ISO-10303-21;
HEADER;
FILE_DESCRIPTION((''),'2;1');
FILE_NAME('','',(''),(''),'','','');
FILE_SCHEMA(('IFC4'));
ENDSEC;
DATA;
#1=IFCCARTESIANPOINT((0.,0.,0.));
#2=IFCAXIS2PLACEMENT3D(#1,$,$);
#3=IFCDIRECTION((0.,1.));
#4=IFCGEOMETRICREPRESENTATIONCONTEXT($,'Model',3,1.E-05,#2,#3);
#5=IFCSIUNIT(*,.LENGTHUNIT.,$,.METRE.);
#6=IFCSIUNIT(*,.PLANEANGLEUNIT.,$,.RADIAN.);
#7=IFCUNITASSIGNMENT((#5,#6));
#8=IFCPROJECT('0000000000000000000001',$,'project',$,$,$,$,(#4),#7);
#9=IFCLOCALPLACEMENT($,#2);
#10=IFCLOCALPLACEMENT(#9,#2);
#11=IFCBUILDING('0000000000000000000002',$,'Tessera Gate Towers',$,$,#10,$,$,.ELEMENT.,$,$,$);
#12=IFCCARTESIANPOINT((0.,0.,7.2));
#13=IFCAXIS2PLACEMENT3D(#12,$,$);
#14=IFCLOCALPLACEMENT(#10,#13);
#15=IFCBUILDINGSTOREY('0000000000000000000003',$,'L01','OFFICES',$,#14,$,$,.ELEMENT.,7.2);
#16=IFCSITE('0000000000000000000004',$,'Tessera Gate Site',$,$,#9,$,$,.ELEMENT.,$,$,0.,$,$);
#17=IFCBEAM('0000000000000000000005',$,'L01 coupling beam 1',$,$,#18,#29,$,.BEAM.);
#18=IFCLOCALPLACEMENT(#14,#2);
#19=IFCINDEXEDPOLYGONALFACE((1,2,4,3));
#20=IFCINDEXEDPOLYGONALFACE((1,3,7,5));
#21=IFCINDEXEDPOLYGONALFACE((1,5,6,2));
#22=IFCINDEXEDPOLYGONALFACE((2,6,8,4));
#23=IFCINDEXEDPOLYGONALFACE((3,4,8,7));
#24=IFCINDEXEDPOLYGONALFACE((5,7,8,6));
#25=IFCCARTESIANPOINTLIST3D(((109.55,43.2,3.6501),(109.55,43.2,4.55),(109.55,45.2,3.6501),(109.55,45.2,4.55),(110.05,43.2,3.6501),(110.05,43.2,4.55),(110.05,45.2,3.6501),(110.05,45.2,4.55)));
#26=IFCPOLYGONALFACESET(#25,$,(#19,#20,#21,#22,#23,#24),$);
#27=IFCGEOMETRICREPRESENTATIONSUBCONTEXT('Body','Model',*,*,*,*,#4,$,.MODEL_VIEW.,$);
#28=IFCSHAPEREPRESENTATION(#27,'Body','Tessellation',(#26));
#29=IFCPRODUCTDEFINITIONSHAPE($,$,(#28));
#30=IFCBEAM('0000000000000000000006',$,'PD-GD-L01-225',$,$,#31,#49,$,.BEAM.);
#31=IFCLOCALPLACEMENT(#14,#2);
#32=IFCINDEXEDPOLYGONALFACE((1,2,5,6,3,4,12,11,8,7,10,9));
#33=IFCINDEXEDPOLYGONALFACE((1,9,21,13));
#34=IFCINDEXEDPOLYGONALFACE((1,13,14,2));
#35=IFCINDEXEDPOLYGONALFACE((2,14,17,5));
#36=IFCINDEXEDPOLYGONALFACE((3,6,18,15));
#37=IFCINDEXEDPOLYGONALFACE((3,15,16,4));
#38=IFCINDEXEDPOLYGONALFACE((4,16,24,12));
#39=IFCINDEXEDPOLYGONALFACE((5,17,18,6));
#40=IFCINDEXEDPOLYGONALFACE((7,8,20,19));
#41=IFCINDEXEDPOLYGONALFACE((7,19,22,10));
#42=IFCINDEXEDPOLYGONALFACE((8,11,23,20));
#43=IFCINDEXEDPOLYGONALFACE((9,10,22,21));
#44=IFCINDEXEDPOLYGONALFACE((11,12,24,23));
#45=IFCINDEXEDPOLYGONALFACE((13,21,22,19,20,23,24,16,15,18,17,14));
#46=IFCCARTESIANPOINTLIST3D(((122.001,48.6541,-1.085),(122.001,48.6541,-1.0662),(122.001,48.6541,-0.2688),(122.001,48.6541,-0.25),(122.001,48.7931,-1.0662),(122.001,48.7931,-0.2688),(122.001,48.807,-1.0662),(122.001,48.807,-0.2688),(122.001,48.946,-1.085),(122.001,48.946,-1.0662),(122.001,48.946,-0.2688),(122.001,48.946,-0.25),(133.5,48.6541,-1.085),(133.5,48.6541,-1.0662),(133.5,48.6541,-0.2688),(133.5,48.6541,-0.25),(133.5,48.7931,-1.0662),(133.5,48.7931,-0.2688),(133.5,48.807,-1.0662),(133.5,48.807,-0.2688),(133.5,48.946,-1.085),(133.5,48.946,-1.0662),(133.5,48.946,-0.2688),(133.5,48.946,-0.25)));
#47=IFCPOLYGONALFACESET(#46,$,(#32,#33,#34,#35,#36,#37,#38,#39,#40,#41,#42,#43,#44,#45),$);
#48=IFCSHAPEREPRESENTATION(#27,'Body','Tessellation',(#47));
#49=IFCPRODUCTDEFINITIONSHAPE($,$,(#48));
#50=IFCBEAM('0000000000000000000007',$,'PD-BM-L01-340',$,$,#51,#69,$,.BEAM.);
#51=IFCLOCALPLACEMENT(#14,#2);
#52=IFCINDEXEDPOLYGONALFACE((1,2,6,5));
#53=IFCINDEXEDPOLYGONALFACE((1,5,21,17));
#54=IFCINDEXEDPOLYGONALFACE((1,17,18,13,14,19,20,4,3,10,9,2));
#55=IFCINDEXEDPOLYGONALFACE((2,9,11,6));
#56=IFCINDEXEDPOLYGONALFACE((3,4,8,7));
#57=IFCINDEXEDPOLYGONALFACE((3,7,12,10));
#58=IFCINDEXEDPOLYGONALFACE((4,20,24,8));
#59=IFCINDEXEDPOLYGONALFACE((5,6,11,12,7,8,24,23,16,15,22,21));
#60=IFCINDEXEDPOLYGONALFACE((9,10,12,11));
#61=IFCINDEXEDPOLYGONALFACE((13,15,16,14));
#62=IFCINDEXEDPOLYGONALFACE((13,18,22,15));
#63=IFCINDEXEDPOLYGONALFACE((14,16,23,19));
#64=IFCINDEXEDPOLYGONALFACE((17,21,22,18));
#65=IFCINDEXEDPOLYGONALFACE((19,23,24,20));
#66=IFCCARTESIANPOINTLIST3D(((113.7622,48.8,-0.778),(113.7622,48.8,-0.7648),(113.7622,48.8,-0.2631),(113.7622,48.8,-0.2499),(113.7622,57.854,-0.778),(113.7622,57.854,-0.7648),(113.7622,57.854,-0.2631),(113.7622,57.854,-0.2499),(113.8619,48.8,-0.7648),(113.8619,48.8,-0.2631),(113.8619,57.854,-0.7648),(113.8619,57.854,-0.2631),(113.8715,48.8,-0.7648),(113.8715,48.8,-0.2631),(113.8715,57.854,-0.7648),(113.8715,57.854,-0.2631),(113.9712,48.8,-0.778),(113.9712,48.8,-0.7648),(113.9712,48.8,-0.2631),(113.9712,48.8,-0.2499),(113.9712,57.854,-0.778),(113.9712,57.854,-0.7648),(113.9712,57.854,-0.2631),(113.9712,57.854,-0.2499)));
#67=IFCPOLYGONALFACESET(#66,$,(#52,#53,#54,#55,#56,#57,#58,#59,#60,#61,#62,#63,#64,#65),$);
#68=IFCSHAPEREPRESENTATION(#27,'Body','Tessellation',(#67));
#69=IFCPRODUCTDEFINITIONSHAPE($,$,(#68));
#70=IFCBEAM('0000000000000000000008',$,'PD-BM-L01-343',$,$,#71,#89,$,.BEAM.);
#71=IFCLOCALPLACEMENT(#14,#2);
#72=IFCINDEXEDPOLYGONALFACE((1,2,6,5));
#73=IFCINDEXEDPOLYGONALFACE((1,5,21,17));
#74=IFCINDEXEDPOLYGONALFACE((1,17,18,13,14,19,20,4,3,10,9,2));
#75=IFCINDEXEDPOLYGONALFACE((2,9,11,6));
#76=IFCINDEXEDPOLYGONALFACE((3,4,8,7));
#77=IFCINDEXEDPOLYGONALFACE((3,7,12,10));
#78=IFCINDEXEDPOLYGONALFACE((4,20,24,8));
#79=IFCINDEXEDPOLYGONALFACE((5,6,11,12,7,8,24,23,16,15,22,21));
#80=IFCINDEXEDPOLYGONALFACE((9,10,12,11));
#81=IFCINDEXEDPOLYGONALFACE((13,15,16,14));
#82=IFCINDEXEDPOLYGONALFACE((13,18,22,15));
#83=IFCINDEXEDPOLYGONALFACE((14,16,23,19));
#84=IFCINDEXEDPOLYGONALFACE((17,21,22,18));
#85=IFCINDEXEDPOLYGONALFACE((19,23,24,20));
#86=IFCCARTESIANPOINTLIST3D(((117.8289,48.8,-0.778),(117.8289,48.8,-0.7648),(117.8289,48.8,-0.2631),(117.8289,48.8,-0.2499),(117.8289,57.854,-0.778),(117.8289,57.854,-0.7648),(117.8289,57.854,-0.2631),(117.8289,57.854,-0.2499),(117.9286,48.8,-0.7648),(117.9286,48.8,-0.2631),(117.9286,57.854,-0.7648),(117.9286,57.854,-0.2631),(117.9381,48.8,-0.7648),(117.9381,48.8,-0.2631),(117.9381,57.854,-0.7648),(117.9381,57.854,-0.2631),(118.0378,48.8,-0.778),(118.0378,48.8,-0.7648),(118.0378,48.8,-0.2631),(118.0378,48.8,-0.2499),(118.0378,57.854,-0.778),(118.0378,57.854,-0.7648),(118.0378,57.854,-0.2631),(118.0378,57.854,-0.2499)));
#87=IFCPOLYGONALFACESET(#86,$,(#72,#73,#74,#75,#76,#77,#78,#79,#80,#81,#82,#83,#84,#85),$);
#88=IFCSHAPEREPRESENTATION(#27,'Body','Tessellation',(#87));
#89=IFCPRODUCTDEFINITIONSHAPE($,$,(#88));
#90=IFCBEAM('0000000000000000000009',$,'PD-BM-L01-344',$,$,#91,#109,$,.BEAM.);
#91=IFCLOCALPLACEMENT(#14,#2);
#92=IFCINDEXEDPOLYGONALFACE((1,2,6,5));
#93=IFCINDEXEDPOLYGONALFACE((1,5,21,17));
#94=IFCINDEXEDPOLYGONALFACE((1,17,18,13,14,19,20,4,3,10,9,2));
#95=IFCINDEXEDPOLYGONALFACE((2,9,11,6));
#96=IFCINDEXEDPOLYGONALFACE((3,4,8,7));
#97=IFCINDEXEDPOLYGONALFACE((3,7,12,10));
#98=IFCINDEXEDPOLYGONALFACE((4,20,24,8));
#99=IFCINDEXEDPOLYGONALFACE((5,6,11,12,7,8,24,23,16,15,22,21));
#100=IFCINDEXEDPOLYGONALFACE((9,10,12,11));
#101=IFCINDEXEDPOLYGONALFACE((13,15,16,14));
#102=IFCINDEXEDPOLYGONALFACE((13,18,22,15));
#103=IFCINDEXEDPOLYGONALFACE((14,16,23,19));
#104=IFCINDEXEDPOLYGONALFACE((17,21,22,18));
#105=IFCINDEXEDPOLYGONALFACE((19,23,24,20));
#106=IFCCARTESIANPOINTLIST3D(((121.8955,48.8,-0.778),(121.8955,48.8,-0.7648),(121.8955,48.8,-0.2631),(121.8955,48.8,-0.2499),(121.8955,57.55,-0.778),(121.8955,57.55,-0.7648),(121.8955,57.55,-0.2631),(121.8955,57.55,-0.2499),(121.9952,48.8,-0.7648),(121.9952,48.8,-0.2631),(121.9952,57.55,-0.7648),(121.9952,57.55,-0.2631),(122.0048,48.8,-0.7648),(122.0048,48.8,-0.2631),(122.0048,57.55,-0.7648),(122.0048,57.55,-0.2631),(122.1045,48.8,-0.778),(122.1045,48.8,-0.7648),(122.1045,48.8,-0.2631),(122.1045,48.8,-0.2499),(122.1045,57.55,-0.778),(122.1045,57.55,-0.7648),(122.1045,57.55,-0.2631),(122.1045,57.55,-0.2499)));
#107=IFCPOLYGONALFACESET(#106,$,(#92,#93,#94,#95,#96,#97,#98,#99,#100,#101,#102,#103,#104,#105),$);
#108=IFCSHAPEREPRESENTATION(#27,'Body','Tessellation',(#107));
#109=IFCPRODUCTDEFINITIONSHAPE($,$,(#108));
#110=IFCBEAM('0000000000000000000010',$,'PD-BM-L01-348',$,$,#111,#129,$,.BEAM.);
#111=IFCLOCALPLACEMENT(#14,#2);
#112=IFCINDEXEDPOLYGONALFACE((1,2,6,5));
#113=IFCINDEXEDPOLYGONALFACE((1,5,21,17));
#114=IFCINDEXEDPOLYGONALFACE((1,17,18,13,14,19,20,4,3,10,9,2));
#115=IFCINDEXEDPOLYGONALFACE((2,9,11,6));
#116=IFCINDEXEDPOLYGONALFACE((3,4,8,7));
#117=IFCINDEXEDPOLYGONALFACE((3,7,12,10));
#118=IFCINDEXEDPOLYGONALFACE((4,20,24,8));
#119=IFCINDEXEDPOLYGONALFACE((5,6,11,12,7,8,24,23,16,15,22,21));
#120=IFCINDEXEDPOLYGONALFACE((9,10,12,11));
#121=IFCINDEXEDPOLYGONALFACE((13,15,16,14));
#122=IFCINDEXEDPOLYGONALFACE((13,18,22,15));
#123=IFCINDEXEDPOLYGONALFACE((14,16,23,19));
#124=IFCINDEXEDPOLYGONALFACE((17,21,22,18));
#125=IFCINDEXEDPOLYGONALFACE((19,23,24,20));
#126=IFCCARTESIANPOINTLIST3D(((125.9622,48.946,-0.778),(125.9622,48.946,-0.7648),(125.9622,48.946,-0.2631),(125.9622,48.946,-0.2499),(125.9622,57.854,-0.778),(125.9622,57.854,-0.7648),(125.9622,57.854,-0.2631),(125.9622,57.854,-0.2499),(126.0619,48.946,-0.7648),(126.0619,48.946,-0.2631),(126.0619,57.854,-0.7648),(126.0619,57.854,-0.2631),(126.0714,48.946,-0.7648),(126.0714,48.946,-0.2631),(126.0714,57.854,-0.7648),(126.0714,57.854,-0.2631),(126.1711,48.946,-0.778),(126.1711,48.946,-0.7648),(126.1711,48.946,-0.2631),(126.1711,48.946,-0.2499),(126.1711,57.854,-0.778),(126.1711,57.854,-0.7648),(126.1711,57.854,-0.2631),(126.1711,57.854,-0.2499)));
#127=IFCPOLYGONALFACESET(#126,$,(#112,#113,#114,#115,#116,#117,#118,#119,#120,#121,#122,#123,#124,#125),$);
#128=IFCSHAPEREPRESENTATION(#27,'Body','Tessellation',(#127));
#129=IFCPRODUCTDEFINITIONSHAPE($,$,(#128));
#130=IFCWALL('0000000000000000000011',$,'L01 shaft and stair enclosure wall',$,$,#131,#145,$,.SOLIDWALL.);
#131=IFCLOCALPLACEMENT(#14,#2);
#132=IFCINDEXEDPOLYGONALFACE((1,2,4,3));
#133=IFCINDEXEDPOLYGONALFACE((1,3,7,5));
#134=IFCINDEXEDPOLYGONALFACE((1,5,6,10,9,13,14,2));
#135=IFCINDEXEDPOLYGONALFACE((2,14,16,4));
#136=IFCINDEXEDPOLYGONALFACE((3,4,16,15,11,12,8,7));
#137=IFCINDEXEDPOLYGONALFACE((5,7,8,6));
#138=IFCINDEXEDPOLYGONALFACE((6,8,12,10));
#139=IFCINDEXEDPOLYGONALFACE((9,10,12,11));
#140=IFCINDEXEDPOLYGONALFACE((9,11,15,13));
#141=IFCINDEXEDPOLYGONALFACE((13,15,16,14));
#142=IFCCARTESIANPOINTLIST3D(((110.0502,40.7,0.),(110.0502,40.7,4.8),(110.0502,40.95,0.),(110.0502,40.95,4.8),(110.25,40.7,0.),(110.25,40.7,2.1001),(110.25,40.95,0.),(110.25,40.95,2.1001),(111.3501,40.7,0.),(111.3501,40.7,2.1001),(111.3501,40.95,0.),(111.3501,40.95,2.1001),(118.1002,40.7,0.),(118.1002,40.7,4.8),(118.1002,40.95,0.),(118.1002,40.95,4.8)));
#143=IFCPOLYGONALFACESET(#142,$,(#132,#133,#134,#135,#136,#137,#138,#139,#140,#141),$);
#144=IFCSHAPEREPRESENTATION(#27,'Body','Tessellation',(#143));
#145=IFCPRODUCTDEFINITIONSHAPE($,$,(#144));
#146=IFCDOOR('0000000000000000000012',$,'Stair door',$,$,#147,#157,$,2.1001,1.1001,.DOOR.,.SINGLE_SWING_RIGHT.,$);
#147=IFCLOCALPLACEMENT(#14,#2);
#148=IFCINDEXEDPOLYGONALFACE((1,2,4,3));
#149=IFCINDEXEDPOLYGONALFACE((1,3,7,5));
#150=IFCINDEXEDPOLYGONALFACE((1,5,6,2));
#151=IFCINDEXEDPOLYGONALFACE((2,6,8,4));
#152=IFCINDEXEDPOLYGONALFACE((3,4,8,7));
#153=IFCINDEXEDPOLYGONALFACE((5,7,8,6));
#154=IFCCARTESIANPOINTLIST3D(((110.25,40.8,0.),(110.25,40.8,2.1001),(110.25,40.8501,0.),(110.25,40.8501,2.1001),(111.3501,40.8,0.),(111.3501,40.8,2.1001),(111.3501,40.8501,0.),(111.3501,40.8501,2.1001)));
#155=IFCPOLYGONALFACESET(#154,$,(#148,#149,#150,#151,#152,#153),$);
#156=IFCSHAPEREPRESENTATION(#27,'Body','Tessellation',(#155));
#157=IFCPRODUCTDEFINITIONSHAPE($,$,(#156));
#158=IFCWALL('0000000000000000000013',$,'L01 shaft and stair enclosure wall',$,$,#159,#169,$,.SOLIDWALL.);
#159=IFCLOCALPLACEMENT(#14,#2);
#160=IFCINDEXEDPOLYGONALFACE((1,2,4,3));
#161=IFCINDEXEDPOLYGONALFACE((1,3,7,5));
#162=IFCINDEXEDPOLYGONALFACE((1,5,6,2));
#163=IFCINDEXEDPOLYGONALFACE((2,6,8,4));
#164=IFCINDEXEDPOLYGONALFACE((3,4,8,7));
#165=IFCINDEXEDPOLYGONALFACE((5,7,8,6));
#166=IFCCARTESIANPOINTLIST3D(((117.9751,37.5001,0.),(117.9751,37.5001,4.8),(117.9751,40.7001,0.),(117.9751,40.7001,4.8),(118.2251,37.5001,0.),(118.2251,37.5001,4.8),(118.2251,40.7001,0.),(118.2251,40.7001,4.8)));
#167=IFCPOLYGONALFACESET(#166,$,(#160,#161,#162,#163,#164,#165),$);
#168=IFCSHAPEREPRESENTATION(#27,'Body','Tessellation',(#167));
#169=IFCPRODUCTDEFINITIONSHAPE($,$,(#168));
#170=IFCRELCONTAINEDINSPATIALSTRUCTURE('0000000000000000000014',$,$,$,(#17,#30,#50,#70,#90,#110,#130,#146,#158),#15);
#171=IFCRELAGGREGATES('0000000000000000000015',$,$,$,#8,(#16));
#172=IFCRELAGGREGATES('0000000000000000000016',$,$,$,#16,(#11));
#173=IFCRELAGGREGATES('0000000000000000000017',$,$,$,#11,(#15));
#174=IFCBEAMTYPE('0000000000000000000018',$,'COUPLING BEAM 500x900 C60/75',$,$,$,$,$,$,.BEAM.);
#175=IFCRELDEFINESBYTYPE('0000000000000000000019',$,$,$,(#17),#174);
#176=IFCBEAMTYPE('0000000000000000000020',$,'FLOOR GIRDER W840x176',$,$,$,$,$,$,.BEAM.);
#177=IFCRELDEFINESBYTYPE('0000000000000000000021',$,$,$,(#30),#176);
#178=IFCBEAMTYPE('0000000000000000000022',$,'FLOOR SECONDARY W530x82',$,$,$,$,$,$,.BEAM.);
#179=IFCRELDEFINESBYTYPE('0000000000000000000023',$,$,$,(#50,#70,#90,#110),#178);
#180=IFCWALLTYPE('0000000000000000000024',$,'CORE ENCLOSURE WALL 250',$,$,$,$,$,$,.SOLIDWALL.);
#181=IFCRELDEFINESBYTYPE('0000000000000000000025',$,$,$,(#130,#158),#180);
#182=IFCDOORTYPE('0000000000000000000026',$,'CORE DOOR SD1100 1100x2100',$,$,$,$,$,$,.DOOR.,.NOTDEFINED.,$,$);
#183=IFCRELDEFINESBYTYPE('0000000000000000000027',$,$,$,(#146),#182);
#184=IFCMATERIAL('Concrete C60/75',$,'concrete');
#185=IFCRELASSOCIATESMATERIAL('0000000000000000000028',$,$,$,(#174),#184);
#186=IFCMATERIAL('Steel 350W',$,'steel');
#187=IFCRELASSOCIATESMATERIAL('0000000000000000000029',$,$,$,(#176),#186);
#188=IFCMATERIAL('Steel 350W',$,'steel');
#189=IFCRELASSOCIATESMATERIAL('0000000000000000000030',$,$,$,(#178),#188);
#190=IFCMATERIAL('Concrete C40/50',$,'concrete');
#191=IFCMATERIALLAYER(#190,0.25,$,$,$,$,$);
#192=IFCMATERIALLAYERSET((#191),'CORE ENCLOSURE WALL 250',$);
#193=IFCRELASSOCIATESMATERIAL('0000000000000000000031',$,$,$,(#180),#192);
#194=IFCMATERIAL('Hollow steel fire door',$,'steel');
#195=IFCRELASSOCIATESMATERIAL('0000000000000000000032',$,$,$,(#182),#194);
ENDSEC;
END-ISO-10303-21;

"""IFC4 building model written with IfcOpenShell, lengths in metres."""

from ifc_helpers import new_model, si_unit, direction, frame, frame_2d, origin, origin_2d, place, context, subcontext, project, spatial, rectangle, i_section, extrude, source, transform, mapped, material, layer, layer_set, material_profile, profile_set, type_object, element, fill, save


model = new_model("IFC4")

# Units and contexts
model_context = context("Model", 3, precision=1e-05, world=origin(), true_north=direction((0.0, 1.0)))
body_context = subcontext(model_context, "Body", "Model", "MODEL_VIEW")
ifc_project = project(units=[si_unit("LENGTHUNIT", "METRE"), si_unit("PLANEANGLEUNIT", "RADIAN")], contexts=[model_context])

# Site, building, storey
site_placement = place(None, origin())
site = spatial("IfcSite", under=ifc_project, at=site_placement, Name="Tessera Gate Site", CompositionType="ELEMENT", RefElevation=0.0)
building_placement = place(site_placement, origin())
building = spatial("IfcBuilding", under=site, at=building_placement, Name="Tessera Gate Towers", CompositionType="ELEMENT")
storey_placement = place(building_placement, frame((0.0, 0.0, 7.2)))
storey = spatial("IfcBuildingStorey", under=building, at=storey_placement, Name="L01", Description="OFFICES", CompositionType="ELEMENT", Elevation=7.2)

# Beams
ifc_material_1 = material(Name="Concrete C60/75", Category="concrete")
ifc_material_profile_1 = material_profile(ifc_material_1, rectangle(XDim=0.5, YDim=0.8999, at=origin_2d()), Name="RC 500x900")
ifc_profile_set_1 = profile_set([ifc_material_profile_1], Name="Concrete C60/75")
beam_type_1 = type_object("IfcBeamType", Name="COUPLING BEAM 500x900 C60/75", PredefinedType="BEAM", material=ifc_profile_set_1)
beam_1_placement = place(storey_placement, frame((109.8, 43.2, 4.1001), z_axis=(0.0, 1.0, 0.0), x_axis=(-1.0, 0.0, 0.0)))
element("IfcBeam", 1, at=beam_1_placement, inside=storey, type_object=beam_type_1, Name="L01 coupling beam 1", PredefinedType="BEAM", context=body_context, shape_type="SweptSolid", body=[
    extrude(rectangle(XDim=0.5, YDim=0.8999, at=origin_2d()), origin(), (0.0, 0.0, 1.0), 2.0),
])
ifc_material_2 = material(Name="Steel 350W", Category="steel")
ifc_material_profile_2 = material_profile(ifc_material_2, i_section(OverallWidth=0.292, OverallDepth=0.835, WebThickness=0.0139, FlangeThickness=0.0188, at=origin_2d()), Name="W840x176")
ifc_profile_set_2 = profile_set([ifc_material_profile_2], Name="Steel 350W")
beam_type_2 = type_object("IfcBeamType", Name="FLOOR GIRDER W840x176", PredefinedType="BEAM", material=ifc_profile_set_2)
beam_2_placement = place(storey_placement, frame((122.001, 48.8, -0.6675), z_axis=(1.0, 0.0, 0.0), x_axis=(0.0, 1.0, 0.0)))
element("IfcBeam", 2, at=beam_2_placement, inside=storey, type_object=beam_type_2, Name="PD-GD-L01-225", PredefinedType="BEAM", context=body_context, shape_type="SweptSolid", body=[
    extrude(i_section(OverallWidth=0.292, OverallDepth=0.835, WebThickness=0.0139, FlangeThickness=0.0188, at=origin_2d()), origin(), (0.0, 0.0, 1.0), 11.499),
])
ifc_material_3 = material(Name="Steel 350W", Category="steel")
ifc_material_profile_3 = material_profile(ifc_material_3, i_section(OverallWidth=0.209, OverallDepth=0.5281, WebThickness=0.0095, FlangeThickness=0.0132, at=origin_2d()), Name="W530x82")
ifc_profile_set_3 = profile_set([ifc_material_profile_3], Name="Steel 350W")
beam_type_3 = type_object("IfcBeamType", Name="FLOOR SECONDARY W530x82", PredefinedType="BEAM", material=ifc_profile_set_3)
for number, where, z_axis, x_axis, name in (
    (3, (113.8667, 48.8, -0.5139), (0.0, 1.0, 0.0), (-1.0, 0.0, 0.0), "PD-BM-L01-340"),
    (4, (117.9333, 48.8, -0.5139), (0.0, 1.0, 0.0), (-1.0, 0.0, 0.0), "PD-BM-L01-343"),
):
    element("IfcBeam", number, at=place(storey_placement, frame(where, z_axis=z_axis, x_axis=x_axis)), inside=storey, type_object=beam_type_3, Name=name, PredefinedType="BEAM", context=body_context, shape_type="SweptSolid", body=[
        extrude(i_section(OverallWidth=0.209, OverallDepth=0.5281, WebThickness=0.0095, FlangeThickness=0.0132, at=origin_2d()), origin(), (0.0, 0.0, 1.0), 9.054),
    ])
beam_3_placement = place(storey_placement, frame((122.0, 48.8, -0.5139), z_axis=(0.0, 1.0, 0.0), x_axis=(-1.0, 0.0, 0.0)))
element("IfcBeam", 5, at=beam_3_placement, inside=storey, type_object=beam_type_3, Name="PD-BM-L01-344", PredefinedType="BEAM", context=body_context, shape_type="SweptSolid", body=[
    extrude(i_section(OverallWidth=0.209, OverallDepth=0.5281, WebThickness=0.0095, FlangeThickness=0.0132, at=origin_2d()), origin(), (0.0, 0.0, 1.0), 8.75),
])
beam_4_placement = place(storey_placement, frame((126.0667, 48.946, -0.5139), z_axis=(0.0, 1.0, 0.0), x_axis=(-1.0, 0.0, 0.0)))
element("IfcBeam", 6, at=beam_4_placement, inside=storey, type_object=beam_type_3, Name="PD-BM-L01-348", PredefinedType="BEAM", context=body_context, shape_type="SweptSolid", body=[
    extrude(i_section(OverallWidth=0.209, OverallDepth=0.5281, WebThickness=0.0095, FlangeThickness=0.0132, at=origin_2d()), origin(), (0.0, 0.0, 1.0), 8.908),
])

# Wall, opening, door
ifc_material_4 = material(Name="Concrete C40/50", Category="concrete")
ifc_layer_1 = layer(ifc_material_4, 0.25)
ifc_layer_set_1 = layer_set([ifc_layer_1], Name="CORE ENCLOSURE WALL 250")
wall_type_1 = type_object("IfcWallType", Name="CORE ENCLOSURE WALL 250", PredefinedType="SOLIDWALL", material=ifc_layer_set_1)
wall_1_placement = place(storey_placement, frame((118.1001, 40.825, 0.0), z_axis=(0.0, 0.0, 1.0), x_axis=(-1.0, 0.0, 0.0)))
wall_1 = element("IfcWall", 7, at=wall_1_placement, inside=storey, type_object=wall_type_1, Name="L01 shaft and stair enclosure wall", PredefinedType="SOLIDWALL", context=body_context, shape_type="SweptSolid", body=[
    extrude(rectangle(XDim=8.05, YDim=0.25, at=frame_2d((4.0249, 0.0))), origin(), (0.0, 0.0, 1.0), 4.8),
])
shared_shape_1 = source(origin(), body_context, "Body", "SweptSolid", [
    extrude(rectangle(XDim=1.1001, YDim=2.1001, at=frame_2d((0.55, 1.05))), frame((0.0, 0.135, 0.0), z_axis=(0.0, -1.0, 0.0), x_axis=(1.0, 0.0, 0.0)), (0.0, 0.0, 1.0), 0.27),
])
opening_1_placement = place(wall_1_placement, frame((6.75, 0.0, 0.0)))
opening_1 = element("IfcOpeningElement", 8, at=opening_1_placement, cuts=wall_1, PredefinedType="OPENING", context=body_context, shape_type="MappedRepresentation", body=[
    mapped(shared_shape_1, transform((0.0, 0.0, 0.0), scale=1.0)),
])
ifc_material_5 = material(Name="Hollow steel fire door", Category="steel")
door_type_1 = type_object("IfcDoorType", Name="CORE DOOR SD1100 1100x2100", OperationType="NOTDEFINED", PredefinedType="DOOR", material=ifc_material_5)
shared_shape_2 = source(origin(), body_context, "Body", "SweptSolid", [
    extrude(rectangle(XDim=1.1001, YDim=2.1001, at=frame_2d((0.55, 1.05))), frame((0.0, 0.0249, 0.0), z_axis=(0.0, -1.0, 0.0), x_axis=(1.0, 0.0, 0.0)), (0.0, 0.0, 1.0), 0.05),
])
door_1_placement = place(opening_1_placement, origin())
door_1 = element("IfcDoor", 9, at=door_1_placement, inside=storey, type_object=door_type_1, Name="Stair door", OperationType="SINGLE_SWING_RIGHT", OverallHeight=2.1001, OverallWidth=1.1001, PredefinedType="DOOR", context=body_context, shape_type="MappedRepresentation", body=[
    mapped(shared_shape_2, transform((0.0, 0.0, 0.0), scale=1.0)),
])
fill(opening_1, door_1)

# Wall
wall_2_placement = place(storey_placement, frame((118.1001, 37.5, 0.0), z_axis=(0.0, 0.0, 1.0), x_axis=(0.0, 1.0, 0.0)))
element("IfcWall", 10, at=wall_2_placement, inside=storey, type_object=wall_type_1, Name="L01 shaft and stair enclosure wall", PredefinedType="SOLIDWALL", context=body_context, shape_type="SweptSolid", body=[
    extrude(rectangle(XDim=3.2, YDim=0.25, at=frame_2d((1.6001, 0.0))), origin(), (0.0, 0.0, 1.0), 4.8),
])

save(model, "model.ifc")
